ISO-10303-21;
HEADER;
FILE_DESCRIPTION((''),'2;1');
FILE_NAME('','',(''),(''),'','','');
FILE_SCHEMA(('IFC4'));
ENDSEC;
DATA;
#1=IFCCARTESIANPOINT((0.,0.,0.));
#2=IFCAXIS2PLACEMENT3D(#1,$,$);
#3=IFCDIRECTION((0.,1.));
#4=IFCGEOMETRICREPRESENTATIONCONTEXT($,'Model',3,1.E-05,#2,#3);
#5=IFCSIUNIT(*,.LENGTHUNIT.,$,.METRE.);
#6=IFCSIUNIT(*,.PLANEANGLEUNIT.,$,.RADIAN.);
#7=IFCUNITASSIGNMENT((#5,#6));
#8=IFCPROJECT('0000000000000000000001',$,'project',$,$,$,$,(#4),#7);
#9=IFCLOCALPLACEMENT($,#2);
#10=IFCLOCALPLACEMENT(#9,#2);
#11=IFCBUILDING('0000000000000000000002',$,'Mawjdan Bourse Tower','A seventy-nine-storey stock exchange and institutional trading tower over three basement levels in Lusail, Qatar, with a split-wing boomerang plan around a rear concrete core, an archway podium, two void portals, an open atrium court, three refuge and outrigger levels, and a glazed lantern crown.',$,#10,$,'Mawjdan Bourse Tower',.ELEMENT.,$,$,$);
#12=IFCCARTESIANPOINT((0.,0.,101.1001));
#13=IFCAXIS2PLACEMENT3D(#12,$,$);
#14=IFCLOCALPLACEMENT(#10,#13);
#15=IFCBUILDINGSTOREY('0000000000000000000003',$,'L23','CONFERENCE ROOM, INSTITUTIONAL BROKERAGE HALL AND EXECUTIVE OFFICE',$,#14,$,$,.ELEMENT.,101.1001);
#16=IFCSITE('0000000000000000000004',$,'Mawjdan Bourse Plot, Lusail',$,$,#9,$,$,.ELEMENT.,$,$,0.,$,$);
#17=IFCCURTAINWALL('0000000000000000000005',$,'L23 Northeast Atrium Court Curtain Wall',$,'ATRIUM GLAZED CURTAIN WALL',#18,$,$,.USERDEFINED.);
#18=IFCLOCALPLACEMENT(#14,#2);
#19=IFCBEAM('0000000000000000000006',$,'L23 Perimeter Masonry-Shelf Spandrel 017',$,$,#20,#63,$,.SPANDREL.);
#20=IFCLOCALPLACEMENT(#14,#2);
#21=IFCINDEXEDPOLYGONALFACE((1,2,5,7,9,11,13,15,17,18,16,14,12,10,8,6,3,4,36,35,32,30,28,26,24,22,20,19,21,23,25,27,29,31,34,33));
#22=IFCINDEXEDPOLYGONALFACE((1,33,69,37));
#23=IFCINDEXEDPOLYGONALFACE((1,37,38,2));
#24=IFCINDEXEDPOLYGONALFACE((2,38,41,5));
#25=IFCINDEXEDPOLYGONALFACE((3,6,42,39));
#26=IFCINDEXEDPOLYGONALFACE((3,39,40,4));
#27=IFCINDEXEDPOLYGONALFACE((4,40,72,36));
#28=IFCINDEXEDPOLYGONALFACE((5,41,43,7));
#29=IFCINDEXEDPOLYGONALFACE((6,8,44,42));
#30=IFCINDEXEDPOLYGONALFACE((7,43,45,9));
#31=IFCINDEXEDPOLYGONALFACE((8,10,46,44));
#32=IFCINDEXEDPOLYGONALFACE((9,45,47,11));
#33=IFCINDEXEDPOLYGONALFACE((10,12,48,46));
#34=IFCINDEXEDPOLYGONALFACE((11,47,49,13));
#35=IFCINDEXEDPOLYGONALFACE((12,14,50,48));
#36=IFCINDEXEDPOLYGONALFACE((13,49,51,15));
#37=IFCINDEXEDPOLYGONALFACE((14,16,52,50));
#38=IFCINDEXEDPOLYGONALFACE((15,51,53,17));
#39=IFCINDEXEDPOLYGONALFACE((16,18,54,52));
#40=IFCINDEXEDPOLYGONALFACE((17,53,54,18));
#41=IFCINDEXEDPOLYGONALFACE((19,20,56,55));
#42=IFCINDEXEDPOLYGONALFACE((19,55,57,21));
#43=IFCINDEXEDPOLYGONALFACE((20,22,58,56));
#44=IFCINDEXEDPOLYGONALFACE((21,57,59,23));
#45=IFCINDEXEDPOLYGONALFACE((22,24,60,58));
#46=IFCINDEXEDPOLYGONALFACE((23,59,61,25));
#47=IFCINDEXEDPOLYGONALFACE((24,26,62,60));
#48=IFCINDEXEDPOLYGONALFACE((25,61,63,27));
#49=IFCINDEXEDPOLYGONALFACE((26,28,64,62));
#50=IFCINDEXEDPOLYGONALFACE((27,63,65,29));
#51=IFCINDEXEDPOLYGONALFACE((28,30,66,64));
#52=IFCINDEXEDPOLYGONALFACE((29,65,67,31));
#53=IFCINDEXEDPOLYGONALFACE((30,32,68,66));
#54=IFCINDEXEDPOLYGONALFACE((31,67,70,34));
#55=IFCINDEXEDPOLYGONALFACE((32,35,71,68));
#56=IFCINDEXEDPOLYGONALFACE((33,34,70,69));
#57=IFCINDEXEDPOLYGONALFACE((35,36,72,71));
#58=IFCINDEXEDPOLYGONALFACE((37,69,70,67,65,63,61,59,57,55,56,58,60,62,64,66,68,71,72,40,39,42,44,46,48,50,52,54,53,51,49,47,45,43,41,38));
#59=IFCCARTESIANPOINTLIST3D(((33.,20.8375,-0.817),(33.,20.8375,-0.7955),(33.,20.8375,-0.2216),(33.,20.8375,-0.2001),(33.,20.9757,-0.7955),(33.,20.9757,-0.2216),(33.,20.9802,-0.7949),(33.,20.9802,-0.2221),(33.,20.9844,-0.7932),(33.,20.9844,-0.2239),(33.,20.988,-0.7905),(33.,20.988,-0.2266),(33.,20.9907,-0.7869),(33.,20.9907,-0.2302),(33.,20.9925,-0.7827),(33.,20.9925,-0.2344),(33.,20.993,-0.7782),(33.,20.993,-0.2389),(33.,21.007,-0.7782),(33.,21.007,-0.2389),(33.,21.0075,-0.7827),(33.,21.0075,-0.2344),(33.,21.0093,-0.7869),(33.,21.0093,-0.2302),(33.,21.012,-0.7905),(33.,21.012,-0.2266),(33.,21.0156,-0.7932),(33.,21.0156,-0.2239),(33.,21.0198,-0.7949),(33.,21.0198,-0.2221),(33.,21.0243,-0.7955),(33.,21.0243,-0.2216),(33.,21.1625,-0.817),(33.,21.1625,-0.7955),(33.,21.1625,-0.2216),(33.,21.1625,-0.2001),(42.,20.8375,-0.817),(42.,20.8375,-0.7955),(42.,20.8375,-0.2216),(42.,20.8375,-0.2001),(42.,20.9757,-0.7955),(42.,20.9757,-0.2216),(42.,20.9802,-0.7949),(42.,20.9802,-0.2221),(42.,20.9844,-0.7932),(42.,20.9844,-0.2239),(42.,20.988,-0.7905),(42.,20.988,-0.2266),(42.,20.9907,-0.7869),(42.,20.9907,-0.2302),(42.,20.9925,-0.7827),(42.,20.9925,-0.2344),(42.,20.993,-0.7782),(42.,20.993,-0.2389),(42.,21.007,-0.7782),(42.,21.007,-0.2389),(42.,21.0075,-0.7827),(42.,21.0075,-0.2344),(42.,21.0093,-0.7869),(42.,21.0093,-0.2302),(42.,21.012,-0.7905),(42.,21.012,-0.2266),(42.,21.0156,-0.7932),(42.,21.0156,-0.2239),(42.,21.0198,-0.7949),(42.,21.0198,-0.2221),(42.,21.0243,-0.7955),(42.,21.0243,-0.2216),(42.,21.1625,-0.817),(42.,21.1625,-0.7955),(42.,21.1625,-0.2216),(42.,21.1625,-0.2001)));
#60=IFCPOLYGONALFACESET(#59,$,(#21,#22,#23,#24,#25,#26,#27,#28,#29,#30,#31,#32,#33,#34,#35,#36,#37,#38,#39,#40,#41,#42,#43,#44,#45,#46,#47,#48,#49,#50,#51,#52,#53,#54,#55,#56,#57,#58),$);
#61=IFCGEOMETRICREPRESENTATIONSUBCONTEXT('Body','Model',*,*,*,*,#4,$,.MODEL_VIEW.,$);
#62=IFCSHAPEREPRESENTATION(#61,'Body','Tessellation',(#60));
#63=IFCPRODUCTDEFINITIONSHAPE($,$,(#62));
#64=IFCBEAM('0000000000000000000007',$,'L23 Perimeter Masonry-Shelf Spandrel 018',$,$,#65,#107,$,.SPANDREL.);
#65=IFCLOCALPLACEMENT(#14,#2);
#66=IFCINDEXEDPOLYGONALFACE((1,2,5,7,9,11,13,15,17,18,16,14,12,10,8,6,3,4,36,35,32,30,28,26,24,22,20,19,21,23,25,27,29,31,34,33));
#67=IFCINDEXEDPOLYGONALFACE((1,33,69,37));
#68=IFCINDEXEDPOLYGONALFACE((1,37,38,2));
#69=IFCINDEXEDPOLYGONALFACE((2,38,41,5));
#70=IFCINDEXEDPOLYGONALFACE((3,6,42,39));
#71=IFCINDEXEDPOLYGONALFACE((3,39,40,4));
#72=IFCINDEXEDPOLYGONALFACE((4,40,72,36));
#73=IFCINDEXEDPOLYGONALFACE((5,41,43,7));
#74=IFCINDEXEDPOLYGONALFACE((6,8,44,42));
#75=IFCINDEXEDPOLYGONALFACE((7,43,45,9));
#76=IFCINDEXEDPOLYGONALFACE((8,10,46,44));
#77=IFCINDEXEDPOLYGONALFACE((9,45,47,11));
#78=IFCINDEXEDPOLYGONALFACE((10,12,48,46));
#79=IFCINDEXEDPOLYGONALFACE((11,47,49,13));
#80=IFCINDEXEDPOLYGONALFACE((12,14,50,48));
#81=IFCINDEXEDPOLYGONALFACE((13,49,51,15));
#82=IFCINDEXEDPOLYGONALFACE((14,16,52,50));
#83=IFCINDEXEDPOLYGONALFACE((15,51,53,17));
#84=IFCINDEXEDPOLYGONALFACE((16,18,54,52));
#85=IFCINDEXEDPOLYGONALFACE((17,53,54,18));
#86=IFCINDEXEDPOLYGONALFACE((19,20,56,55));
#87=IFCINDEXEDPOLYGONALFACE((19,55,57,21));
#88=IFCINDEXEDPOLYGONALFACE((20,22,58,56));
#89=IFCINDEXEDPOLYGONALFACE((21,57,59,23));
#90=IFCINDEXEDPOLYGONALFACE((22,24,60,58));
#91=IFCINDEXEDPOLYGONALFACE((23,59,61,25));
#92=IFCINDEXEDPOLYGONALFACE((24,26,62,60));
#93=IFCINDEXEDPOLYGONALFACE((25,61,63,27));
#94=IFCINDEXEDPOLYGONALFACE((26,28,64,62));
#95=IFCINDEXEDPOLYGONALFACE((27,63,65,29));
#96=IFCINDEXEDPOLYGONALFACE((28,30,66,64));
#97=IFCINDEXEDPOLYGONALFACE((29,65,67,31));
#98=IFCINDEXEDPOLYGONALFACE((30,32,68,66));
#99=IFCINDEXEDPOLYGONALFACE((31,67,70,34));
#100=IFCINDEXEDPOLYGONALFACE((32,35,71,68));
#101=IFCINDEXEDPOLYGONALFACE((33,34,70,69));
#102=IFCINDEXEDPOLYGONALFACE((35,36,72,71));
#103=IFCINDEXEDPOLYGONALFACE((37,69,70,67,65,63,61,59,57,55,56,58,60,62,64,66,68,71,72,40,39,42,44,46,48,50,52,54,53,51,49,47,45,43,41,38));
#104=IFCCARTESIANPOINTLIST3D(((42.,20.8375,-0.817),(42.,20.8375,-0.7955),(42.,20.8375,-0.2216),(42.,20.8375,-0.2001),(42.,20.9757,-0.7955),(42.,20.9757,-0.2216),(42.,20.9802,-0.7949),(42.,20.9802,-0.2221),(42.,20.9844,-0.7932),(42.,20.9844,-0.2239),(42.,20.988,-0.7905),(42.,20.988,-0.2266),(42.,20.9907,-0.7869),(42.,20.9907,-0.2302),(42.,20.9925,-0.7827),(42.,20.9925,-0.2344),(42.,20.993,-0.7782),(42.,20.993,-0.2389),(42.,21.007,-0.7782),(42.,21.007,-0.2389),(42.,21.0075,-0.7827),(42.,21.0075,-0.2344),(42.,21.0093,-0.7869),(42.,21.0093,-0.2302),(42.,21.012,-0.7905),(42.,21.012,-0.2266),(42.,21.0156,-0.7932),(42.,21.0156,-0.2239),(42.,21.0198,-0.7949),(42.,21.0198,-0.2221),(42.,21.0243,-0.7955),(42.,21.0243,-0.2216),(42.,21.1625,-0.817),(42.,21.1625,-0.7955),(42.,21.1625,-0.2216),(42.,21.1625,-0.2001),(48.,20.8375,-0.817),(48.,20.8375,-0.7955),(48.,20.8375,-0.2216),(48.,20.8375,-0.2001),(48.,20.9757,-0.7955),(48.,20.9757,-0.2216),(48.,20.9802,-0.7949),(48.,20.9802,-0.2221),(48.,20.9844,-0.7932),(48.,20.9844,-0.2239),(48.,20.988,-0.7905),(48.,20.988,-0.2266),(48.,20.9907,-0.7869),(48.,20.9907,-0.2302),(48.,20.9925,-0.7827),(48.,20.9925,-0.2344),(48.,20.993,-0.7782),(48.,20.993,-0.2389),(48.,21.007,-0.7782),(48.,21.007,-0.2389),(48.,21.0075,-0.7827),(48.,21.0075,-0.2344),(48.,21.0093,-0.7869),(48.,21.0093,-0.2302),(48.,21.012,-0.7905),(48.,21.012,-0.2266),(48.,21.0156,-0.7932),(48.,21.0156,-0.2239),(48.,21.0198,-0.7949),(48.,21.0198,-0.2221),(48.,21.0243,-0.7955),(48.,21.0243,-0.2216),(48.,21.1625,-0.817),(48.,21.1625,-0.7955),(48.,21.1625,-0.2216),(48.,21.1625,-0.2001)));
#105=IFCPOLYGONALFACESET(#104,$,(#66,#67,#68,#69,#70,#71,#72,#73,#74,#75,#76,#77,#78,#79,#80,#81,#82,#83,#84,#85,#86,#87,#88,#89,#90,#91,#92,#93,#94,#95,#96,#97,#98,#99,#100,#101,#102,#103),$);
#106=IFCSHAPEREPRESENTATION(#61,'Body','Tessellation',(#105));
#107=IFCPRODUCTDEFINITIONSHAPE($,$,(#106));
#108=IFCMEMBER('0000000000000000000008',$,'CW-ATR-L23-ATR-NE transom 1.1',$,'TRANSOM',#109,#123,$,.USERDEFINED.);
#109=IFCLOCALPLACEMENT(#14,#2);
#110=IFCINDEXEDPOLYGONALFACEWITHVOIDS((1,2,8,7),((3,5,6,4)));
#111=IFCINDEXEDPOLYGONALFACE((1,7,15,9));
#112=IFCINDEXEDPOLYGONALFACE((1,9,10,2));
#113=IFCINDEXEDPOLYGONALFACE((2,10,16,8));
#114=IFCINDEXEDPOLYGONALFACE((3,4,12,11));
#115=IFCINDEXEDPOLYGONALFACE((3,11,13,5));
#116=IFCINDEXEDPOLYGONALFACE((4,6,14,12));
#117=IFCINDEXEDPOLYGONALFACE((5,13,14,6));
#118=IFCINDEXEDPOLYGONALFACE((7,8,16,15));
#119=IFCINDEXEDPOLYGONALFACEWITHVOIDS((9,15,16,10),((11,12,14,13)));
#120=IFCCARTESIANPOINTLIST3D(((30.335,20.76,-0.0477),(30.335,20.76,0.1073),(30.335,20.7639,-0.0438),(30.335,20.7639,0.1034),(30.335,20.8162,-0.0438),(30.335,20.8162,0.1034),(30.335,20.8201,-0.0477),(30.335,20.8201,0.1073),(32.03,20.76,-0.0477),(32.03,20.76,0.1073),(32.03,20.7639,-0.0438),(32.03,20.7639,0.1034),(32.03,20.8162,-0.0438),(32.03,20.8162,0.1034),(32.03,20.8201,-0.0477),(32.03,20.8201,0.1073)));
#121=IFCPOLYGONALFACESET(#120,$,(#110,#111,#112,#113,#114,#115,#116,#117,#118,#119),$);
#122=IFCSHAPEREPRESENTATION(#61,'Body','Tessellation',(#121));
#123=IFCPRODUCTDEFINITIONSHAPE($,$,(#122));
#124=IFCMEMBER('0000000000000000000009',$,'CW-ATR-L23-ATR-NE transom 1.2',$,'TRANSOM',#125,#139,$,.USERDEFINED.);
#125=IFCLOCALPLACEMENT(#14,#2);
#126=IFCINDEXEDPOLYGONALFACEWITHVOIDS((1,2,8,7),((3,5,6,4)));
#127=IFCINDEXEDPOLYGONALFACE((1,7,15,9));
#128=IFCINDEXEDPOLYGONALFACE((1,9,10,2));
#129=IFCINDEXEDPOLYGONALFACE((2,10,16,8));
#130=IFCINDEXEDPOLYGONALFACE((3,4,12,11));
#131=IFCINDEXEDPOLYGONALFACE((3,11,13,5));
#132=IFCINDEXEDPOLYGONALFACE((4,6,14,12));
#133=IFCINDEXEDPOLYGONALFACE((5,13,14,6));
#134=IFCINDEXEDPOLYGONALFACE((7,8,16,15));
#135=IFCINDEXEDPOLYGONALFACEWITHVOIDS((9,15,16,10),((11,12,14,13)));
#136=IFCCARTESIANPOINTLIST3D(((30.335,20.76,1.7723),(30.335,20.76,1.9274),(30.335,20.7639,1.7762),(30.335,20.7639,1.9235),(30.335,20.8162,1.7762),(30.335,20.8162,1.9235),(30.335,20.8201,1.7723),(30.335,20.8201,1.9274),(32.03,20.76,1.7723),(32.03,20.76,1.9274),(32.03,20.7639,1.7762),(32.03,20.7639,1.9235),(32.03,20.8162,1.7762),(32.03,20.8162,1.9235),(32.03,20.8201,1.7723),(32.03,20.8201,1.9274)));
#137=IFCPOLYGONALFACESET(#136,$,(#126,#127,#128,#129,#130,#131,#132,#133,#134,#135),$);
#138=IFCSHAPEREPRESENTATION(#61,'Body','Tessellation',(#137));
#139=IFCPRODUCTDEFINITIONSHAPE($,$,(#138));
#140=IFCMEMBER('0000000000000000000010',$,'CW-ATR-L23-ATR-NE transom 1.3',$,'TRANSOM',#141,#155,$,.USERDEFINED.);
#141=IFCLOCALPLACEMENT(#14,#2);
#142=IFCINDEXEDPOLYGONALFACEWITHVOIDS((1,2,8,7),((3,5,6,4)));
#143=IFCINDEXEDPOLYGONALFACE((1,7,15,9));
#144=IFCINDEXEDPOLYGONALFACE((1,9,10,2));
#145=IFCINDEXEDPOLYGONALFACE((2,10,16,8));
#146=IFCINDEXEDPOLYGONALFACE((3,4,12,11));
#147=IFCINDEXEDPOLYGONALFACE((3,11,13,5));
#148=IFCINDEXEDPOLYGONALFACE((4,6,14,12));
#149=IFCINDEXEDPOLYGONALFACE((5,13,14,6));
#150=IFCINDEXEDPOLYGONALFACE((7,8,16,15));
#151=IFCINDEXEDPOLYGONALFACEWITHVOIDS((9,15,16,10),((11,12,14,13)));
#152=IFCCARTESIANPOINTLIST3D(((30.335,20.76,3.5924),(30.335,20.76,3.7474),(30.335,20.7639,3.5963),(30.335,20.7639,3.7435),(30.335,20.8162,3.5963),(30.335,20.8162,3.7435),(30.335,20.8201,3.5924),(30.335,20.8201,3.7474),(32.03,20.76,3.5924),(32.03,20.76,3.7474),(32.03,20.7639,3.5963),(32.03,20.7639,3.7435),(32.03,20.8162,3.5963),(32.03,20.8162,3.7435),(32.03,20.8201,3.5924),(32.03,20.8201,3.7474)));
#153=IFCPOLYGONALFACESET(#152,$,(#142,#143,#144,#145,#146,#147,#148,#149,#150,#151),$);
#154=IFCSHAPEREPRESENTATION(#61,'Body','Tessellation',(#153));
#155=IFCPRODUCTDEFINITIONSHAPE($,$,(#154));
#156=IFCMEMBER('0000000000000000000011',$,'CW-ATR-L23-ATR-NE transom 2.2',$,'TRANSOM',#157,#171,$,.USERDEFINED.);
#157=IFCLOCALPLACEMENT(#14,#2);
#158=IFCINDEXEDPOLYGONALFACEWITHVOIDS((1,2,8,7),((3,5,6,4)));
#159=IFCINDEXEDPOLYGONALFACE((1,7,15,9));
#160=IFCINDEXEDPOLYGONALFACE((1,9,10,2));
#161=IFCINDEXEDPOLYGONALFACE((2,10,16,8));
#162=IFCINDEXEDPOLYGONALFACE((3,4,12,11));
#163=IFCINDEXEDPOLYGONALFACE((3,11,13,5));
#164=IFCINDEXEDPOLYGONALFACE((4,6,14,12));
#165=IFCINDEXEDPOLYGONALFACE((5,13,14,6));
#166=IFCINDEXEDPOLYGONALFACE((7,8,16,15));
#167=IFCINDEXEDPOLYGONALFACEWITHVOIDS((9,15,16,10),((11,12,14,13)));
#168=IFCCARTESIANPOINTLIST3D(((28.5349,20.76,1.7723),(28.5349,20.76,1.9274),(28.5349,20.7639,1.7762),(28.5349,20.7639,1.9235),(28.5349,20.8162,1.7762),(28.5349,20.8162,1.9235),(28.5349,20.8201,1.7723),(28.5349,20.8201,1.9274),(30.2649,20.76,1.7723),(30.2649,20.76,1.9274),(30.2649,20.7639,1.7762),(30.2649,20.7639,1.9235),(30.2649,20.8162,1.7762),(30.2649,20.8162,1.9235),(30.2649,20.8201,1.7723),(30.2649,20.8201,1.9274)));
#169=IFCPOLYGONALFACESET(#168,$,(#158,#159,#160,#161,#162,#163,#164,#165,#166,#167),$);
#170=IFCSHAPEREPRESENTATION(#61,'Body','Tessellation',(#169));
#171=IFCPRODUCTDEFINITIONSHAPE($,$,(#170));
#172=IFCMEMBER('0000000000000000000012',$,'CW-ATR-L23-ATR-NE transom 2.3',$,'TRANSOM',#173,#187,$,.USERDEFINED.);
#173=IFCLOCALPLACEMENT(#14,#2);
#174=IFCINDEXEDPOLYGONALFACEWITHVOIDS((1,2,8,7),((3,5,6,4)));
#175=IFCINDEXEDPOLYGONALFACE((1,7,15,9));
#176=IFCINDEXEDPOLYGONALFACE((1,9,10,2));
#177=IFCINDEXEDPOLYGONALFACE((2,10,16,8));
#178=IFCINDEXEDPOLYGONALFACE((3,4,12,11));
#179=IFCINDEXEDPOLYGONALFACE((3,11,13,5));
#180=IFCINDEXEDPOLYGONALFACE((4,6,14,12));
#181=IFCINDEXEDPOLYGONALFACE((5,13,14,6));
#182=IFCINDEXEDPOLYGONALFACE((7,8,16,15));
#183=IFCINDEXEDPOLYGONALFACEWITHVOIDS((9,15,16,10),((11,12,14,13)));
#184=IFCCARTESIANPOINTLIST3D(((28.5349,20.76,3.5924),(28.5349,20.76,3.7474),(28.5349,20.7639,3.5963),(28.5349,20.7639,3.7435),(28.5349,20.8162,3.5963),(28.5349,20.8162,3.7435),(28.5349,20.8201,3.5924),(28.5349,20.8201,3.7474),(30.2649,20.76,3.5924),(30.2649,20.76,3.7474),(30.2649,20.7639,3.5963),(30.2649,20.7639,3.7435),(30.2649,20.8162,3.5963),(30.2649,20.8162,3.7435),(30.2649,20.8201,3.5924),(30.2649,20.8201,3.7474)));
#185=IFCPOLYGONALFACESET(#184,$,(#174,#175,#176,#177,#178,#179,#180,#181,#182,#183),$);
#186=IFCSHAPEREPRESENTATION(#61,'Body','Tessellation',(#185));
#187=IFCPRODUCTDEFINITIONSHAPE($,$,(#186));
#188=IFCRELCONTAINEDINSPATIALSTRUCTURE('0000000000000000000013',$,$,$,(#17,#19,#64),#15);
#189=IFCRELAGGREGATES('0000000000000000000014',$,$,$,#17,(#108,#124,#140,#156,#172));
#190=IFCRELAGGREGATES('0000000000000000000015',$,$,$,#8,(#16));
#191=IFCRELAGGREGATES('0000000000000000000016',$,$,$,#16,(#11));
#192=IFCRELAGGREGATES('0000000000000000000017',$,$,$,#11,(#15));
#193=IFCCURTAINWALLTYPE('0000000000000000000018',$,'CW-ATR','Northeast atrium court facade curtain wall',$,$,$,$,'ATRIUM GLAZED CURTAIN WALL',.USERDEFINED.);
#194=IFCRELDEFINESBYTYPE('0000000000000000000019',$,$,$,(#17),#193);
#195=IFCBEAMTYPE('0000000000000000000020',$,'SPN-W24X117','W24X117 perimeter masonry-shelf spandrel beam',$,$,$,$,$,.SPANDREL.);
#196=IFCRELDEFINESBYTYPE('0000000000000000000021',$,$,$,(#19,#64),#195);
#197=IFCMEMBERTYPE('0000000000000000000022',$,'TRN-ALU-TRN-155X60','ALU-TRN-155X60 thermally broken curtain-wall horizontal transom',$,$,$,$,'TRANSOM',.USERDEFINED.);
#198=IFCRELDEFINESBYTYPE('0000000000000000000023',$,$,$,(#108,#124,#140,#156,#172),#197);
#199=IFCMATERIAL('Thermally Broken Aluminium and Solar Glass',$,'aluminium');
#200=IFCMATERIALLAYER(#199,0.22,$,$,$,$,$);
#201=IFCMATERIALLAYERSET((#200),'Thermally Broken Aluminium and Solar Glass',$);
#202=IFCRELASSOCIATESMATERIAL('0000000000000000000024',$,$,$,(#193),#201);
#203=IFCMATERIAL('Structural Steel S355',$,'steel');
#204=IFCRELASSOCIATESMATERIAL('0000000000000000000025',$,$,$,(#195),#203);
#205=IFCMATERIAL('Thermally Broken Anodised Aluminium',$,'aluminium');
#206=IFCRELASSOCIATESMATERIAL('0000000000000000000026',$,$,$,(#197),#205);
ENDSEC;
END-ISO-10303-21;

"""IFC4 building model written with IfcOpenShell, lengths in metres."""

from ifc_helpers import new_model, si_unit, direction, frame, origin, origin_2d, place, context, subcontext, project, spatial, hollow_rectangle, i_section, extrude, material, layer, layer_set, material_profile, profile_set, type_object, element, aggregate, save


model = new_model("IFC4")

# Units and contexts
model_context = context("Model", 3, precision=1e-05, world=origin(), true_north=direction((0.0, 1.0)))
body_context = subcontext(model_context, "Body", "Model", "MODEL_VIEW")
ifc_project = project(units=[si_unit("LENGTHUNIT", "METRE"), si_unit("PLANEANGLEUNIT", "RADIAN")], contexts=[model_context])

# Site, building, storey
site_placement = place(None, origin())
site = spatial("IfcSite", under=ifc_project, at=site_placement, Name="Mawjdan Bourse Plot, Lusail", CompositionType="ELEMENT", RefElevation=0.0)
building_placement = place(site_placement, origin())
building = spatial("IfcBuilding", under=site, at=building_placement, Name="Mawjdan Bourse Tower", Description="A seventy-nine-storey stock exchange and institutional trading tower over three basement levels in Lusail, Qatar, with a split-wing boomerang plan around a rear concrete core, an archway podium, two void portals, an open atrium court, three refuge and outrigger levels, and a glazed lantern crown.", LongName="Mawjdan Bourse Tower", CompositionType="ELEMENT")
storey_placement = place(building_placement, frame((0.0, 0.0, 101.1001)))
storey = spatial("IfcBuildingStorey", under=building, at=storey_placement, Name="L23", Description="CONFERENCE ROOM, INSTITUTIONAL BROKERAGE HALL AND EXECUTIVE OFFICE", CompositionType="ELEMENT", Elevation=101.1001)

# Shared definitions
ifc_material_1 = material(Name="Structural Steel S355", Category="steel")

# Curtain wall
ifc_material_2 = material(Name="Thermally Broken Aluminium and Solar Glass", Category="aluminium")
ifc_layer_1 = layer(ifc_material_2, 0.22)
ifc_layer_set_1 = layer_set([ifc_layer_1], Name="Thermally Broken Aluminium and Solar Glass")
curtain_wall_type = type_object("IfcCurtainWallType", Name="CW-ATR", Description="Northeast atrium court facade curtain wall", ElementType="ATRIUM GLAZED CURTAIN WALL", PredefinedType="USERDEFINED", material=ifc_layer_set_1)
curtain_wall_placement = place(storey_placement, origin())
curtain_wall = element("IfcCurtainWall", 1, at=curtain_wall_placement, inside=storey, type_object=curtain_wall_type, Name="L23 Northeast Atrium Court Curtain Wall", ObjectType="ATRIUM GLAZED CURTAIN WALL", PredefinedType="USERDEFINED")
ifc_material_3 = material(Name="Thermally Broken Anodised Aluminium", Category="aluminium")

# Beams
ifc_material_profile_1 = material_profile(ifc_material_1, i_section(OverallWidth=0.325, OverallDepth=0.6169, WebThickness=0.0139, FlangeThickness=0.0215, FilletRadius=0.0173, at=origin_2d()), Name="W24X117")
ifc_profile_set_1 = profile_set([ifc_material_profile_1], Name="Structural Steel S355")
beam_type_1 = type_object("IfcBeamType", Name="SPN-W24X117", Description="W24X117 perimeter masonry-shelf spandrel beam", PredefinedType="SPANDREL", material=ifc_profile_set_1)
beam_1_placement = place(storey_placement, frame((33.0, 21.0, -0.5085), z_axis=(1.0, 0.0, 0.0), x_axis=(0.0, 1.0, 0.0)))
element("IfcBeam", 2, at=beam_1_placement, inside=storey, type_object=beam_type_1, Name="L23 Perimeter Masonry-Shelf Spandrel 017", PredefinedType="SPANDREL", context=body_context, shape_type="SweptSolid", body=[
    extrude(i_section(OverallWidth=0.325, OverallDepth=0.6169, WebThickness=0.0139, FlangeThickness=0.0215, FilletRadius=0.0173, at=origin_2d()), origin(), (0.0, 0.0, 1.0), 9.0),
])
beam_2_placement = place(storey_placement, frame((42.0, 21.0, -0.5085), z_axis=(1.0, 0.0, 0.0), x_axis=(0.0, 1.0, 0.0)))
element("IfcBeam", 3, at=beam_2_placement, inside=storey, type_object=beam_type_1, Name="L23 Perimeter Masonry-Shelf Spandrel 018", PredefinedType="SPANDREL", context=body_context, shape_type="SweptSolid", body=[
    extrude(i_section(OverallWidth=0.325, OverallDepth=0.6169, WebThickness=0.0139, FlangeThickness=0.0215, FilletRadius=0.0173, at=origin_2d()), origin(), (0.0, 0.0, 1.0), 6.0),
])

# Members
ifc_material_profile_2 = material_profile(ifc_material_3, hollow_rectangle(XDim=0.0601, YDim=0.155, WallThickness=0.0039, at=origin_2d()), Name="ALU-TRN-155X60")
ifc_profile_set_2 = profile_set([ifc_material_profile_2], Name="Thermally Broken Anodised Aluminium")
member_type_1 = type_object("IfcMemberType", Name="TRN-ALU-TRN-155X60", Description="ALU-TRN-155X60 thermally broken curtain-wall horizontal transom", ElementType="TRANSOM", PredefinedType="USERDEFINED", material=ifc_profile_set_2)
member_1_placement = place(storey_placement, frame((32.03, 20.79, 0.0298), z_axis=(-1.0, 0.0, 0.0), x_axis=(0.0, -1.0, 0.0)))
member_1 = element("IfcMember", 4, at=member_1_placement, type_object=member_type_1, Name="CW-ATR-L23-ATR-NE transom 1.1", ObjectType="TRANSOM", PredefinedType="USERDEFINED", context=body_context, shape_type="SweptSolid", body=[
    extrude(hollow_rectangle(XDim=0.0601, YDim=0.155, WallThickness=0.0039, at=origin_2d()), origin(), (0.0, 0.0, 1.0), 1.6951),
])
member_2_placement = place(storey_placement, frame((32.03, 20.79, 1.8499), z_axis=(-1.0, 0.0, 0.0), x_axis=(0.0, -1.0, 0.0)))
member_2 = element("IfcMember", 5, at=member_2_placement, type_object=member_type_1, Name="CW-ATR-L23-ATR-NE transom 1.2", ObjectType="TRANSOM", PredefinedType="USERDEFINED", context=body_context, shape_type="SweptSolid", body=[
    extrude(hollow_rectangle(XDim=0.0601, YDim=0.155, WallThickness=0.0039, at=origin_2d()), origin(), (0.0, 0.0, 1.0), 1.6951),
])
member_3_placement = place(storey_placement, frame((32.03, 20.79, 3.6699), z_axis=(-1.0, 0.0, 0.0), x_axis=(0.0, -1.0, 0.0)))
member_3 = element("IfcMember", 6, at=member_3_placement, type_object=member_type_1, Name="CW-ATR-L23-ATR-NE transom 1.3", ObjectType="TRANSOM", PredefinedType="USERDEFINED", context=body_context, shape_type="SweptSolid", body=[
    extrude(hollow_rectangle(XDim=0.0601, YDim=0.155, WallThickness=0.0039, at=origin_2d()), origin(), (0.0, 0.0, 1.0), 1.6951),
])
member_4_placement = place(storey_placement, frame((30.2649, 20.79, 1.8499), z_axis=(-1.0, 0.0, 0.0), x_axis=(0.0, -1.0, 0.0)))
member_4 = element("IfcMember", 7, at=member_4_placement, type_object=member_type_1, Name="CW-ATR-L23-ATR-NE transom 2.2", ObjectType="TRANSOM", PredefinedType="USERDEFINED", context=body_context, shape_type="SweptSolid", body=[
    extrude(hollow_rectangle(XDim=0.0601, YDim=0.155, WallThickness=0.0039, at=origin_2d()), origin(), (0.0, 0.0, 1.0), 1.73),
])
member_5_placement = place(storey_placement, frame((30.2649, 20.79, 3.6699), z_axis=(-1.0, 0.0, 0.0), x_axis=(0.0, -1.0, 0.0)))
member_5 = element("IfcMember", 8, at=member_5_placement, type_object=member_type_1, Name="CW-ATR-L23-ATR-NE transom 2.3", ObjectType="TRANSOM", PredefinedType="USERDEFINED", context=body_context, shape_type="SweptSolid", body=[
    extrude(hollow_rectangle(XDim=0.0601, YDim=0.155, WallThickness=0.0039, at=origin_2d()), origin(), (0.0, 0.0, 1.0), 1.73),
])

aggregate(curtain_wall, [member_1, member_2, member_3, member_4, member_5])

save(model, "model.ifc")
